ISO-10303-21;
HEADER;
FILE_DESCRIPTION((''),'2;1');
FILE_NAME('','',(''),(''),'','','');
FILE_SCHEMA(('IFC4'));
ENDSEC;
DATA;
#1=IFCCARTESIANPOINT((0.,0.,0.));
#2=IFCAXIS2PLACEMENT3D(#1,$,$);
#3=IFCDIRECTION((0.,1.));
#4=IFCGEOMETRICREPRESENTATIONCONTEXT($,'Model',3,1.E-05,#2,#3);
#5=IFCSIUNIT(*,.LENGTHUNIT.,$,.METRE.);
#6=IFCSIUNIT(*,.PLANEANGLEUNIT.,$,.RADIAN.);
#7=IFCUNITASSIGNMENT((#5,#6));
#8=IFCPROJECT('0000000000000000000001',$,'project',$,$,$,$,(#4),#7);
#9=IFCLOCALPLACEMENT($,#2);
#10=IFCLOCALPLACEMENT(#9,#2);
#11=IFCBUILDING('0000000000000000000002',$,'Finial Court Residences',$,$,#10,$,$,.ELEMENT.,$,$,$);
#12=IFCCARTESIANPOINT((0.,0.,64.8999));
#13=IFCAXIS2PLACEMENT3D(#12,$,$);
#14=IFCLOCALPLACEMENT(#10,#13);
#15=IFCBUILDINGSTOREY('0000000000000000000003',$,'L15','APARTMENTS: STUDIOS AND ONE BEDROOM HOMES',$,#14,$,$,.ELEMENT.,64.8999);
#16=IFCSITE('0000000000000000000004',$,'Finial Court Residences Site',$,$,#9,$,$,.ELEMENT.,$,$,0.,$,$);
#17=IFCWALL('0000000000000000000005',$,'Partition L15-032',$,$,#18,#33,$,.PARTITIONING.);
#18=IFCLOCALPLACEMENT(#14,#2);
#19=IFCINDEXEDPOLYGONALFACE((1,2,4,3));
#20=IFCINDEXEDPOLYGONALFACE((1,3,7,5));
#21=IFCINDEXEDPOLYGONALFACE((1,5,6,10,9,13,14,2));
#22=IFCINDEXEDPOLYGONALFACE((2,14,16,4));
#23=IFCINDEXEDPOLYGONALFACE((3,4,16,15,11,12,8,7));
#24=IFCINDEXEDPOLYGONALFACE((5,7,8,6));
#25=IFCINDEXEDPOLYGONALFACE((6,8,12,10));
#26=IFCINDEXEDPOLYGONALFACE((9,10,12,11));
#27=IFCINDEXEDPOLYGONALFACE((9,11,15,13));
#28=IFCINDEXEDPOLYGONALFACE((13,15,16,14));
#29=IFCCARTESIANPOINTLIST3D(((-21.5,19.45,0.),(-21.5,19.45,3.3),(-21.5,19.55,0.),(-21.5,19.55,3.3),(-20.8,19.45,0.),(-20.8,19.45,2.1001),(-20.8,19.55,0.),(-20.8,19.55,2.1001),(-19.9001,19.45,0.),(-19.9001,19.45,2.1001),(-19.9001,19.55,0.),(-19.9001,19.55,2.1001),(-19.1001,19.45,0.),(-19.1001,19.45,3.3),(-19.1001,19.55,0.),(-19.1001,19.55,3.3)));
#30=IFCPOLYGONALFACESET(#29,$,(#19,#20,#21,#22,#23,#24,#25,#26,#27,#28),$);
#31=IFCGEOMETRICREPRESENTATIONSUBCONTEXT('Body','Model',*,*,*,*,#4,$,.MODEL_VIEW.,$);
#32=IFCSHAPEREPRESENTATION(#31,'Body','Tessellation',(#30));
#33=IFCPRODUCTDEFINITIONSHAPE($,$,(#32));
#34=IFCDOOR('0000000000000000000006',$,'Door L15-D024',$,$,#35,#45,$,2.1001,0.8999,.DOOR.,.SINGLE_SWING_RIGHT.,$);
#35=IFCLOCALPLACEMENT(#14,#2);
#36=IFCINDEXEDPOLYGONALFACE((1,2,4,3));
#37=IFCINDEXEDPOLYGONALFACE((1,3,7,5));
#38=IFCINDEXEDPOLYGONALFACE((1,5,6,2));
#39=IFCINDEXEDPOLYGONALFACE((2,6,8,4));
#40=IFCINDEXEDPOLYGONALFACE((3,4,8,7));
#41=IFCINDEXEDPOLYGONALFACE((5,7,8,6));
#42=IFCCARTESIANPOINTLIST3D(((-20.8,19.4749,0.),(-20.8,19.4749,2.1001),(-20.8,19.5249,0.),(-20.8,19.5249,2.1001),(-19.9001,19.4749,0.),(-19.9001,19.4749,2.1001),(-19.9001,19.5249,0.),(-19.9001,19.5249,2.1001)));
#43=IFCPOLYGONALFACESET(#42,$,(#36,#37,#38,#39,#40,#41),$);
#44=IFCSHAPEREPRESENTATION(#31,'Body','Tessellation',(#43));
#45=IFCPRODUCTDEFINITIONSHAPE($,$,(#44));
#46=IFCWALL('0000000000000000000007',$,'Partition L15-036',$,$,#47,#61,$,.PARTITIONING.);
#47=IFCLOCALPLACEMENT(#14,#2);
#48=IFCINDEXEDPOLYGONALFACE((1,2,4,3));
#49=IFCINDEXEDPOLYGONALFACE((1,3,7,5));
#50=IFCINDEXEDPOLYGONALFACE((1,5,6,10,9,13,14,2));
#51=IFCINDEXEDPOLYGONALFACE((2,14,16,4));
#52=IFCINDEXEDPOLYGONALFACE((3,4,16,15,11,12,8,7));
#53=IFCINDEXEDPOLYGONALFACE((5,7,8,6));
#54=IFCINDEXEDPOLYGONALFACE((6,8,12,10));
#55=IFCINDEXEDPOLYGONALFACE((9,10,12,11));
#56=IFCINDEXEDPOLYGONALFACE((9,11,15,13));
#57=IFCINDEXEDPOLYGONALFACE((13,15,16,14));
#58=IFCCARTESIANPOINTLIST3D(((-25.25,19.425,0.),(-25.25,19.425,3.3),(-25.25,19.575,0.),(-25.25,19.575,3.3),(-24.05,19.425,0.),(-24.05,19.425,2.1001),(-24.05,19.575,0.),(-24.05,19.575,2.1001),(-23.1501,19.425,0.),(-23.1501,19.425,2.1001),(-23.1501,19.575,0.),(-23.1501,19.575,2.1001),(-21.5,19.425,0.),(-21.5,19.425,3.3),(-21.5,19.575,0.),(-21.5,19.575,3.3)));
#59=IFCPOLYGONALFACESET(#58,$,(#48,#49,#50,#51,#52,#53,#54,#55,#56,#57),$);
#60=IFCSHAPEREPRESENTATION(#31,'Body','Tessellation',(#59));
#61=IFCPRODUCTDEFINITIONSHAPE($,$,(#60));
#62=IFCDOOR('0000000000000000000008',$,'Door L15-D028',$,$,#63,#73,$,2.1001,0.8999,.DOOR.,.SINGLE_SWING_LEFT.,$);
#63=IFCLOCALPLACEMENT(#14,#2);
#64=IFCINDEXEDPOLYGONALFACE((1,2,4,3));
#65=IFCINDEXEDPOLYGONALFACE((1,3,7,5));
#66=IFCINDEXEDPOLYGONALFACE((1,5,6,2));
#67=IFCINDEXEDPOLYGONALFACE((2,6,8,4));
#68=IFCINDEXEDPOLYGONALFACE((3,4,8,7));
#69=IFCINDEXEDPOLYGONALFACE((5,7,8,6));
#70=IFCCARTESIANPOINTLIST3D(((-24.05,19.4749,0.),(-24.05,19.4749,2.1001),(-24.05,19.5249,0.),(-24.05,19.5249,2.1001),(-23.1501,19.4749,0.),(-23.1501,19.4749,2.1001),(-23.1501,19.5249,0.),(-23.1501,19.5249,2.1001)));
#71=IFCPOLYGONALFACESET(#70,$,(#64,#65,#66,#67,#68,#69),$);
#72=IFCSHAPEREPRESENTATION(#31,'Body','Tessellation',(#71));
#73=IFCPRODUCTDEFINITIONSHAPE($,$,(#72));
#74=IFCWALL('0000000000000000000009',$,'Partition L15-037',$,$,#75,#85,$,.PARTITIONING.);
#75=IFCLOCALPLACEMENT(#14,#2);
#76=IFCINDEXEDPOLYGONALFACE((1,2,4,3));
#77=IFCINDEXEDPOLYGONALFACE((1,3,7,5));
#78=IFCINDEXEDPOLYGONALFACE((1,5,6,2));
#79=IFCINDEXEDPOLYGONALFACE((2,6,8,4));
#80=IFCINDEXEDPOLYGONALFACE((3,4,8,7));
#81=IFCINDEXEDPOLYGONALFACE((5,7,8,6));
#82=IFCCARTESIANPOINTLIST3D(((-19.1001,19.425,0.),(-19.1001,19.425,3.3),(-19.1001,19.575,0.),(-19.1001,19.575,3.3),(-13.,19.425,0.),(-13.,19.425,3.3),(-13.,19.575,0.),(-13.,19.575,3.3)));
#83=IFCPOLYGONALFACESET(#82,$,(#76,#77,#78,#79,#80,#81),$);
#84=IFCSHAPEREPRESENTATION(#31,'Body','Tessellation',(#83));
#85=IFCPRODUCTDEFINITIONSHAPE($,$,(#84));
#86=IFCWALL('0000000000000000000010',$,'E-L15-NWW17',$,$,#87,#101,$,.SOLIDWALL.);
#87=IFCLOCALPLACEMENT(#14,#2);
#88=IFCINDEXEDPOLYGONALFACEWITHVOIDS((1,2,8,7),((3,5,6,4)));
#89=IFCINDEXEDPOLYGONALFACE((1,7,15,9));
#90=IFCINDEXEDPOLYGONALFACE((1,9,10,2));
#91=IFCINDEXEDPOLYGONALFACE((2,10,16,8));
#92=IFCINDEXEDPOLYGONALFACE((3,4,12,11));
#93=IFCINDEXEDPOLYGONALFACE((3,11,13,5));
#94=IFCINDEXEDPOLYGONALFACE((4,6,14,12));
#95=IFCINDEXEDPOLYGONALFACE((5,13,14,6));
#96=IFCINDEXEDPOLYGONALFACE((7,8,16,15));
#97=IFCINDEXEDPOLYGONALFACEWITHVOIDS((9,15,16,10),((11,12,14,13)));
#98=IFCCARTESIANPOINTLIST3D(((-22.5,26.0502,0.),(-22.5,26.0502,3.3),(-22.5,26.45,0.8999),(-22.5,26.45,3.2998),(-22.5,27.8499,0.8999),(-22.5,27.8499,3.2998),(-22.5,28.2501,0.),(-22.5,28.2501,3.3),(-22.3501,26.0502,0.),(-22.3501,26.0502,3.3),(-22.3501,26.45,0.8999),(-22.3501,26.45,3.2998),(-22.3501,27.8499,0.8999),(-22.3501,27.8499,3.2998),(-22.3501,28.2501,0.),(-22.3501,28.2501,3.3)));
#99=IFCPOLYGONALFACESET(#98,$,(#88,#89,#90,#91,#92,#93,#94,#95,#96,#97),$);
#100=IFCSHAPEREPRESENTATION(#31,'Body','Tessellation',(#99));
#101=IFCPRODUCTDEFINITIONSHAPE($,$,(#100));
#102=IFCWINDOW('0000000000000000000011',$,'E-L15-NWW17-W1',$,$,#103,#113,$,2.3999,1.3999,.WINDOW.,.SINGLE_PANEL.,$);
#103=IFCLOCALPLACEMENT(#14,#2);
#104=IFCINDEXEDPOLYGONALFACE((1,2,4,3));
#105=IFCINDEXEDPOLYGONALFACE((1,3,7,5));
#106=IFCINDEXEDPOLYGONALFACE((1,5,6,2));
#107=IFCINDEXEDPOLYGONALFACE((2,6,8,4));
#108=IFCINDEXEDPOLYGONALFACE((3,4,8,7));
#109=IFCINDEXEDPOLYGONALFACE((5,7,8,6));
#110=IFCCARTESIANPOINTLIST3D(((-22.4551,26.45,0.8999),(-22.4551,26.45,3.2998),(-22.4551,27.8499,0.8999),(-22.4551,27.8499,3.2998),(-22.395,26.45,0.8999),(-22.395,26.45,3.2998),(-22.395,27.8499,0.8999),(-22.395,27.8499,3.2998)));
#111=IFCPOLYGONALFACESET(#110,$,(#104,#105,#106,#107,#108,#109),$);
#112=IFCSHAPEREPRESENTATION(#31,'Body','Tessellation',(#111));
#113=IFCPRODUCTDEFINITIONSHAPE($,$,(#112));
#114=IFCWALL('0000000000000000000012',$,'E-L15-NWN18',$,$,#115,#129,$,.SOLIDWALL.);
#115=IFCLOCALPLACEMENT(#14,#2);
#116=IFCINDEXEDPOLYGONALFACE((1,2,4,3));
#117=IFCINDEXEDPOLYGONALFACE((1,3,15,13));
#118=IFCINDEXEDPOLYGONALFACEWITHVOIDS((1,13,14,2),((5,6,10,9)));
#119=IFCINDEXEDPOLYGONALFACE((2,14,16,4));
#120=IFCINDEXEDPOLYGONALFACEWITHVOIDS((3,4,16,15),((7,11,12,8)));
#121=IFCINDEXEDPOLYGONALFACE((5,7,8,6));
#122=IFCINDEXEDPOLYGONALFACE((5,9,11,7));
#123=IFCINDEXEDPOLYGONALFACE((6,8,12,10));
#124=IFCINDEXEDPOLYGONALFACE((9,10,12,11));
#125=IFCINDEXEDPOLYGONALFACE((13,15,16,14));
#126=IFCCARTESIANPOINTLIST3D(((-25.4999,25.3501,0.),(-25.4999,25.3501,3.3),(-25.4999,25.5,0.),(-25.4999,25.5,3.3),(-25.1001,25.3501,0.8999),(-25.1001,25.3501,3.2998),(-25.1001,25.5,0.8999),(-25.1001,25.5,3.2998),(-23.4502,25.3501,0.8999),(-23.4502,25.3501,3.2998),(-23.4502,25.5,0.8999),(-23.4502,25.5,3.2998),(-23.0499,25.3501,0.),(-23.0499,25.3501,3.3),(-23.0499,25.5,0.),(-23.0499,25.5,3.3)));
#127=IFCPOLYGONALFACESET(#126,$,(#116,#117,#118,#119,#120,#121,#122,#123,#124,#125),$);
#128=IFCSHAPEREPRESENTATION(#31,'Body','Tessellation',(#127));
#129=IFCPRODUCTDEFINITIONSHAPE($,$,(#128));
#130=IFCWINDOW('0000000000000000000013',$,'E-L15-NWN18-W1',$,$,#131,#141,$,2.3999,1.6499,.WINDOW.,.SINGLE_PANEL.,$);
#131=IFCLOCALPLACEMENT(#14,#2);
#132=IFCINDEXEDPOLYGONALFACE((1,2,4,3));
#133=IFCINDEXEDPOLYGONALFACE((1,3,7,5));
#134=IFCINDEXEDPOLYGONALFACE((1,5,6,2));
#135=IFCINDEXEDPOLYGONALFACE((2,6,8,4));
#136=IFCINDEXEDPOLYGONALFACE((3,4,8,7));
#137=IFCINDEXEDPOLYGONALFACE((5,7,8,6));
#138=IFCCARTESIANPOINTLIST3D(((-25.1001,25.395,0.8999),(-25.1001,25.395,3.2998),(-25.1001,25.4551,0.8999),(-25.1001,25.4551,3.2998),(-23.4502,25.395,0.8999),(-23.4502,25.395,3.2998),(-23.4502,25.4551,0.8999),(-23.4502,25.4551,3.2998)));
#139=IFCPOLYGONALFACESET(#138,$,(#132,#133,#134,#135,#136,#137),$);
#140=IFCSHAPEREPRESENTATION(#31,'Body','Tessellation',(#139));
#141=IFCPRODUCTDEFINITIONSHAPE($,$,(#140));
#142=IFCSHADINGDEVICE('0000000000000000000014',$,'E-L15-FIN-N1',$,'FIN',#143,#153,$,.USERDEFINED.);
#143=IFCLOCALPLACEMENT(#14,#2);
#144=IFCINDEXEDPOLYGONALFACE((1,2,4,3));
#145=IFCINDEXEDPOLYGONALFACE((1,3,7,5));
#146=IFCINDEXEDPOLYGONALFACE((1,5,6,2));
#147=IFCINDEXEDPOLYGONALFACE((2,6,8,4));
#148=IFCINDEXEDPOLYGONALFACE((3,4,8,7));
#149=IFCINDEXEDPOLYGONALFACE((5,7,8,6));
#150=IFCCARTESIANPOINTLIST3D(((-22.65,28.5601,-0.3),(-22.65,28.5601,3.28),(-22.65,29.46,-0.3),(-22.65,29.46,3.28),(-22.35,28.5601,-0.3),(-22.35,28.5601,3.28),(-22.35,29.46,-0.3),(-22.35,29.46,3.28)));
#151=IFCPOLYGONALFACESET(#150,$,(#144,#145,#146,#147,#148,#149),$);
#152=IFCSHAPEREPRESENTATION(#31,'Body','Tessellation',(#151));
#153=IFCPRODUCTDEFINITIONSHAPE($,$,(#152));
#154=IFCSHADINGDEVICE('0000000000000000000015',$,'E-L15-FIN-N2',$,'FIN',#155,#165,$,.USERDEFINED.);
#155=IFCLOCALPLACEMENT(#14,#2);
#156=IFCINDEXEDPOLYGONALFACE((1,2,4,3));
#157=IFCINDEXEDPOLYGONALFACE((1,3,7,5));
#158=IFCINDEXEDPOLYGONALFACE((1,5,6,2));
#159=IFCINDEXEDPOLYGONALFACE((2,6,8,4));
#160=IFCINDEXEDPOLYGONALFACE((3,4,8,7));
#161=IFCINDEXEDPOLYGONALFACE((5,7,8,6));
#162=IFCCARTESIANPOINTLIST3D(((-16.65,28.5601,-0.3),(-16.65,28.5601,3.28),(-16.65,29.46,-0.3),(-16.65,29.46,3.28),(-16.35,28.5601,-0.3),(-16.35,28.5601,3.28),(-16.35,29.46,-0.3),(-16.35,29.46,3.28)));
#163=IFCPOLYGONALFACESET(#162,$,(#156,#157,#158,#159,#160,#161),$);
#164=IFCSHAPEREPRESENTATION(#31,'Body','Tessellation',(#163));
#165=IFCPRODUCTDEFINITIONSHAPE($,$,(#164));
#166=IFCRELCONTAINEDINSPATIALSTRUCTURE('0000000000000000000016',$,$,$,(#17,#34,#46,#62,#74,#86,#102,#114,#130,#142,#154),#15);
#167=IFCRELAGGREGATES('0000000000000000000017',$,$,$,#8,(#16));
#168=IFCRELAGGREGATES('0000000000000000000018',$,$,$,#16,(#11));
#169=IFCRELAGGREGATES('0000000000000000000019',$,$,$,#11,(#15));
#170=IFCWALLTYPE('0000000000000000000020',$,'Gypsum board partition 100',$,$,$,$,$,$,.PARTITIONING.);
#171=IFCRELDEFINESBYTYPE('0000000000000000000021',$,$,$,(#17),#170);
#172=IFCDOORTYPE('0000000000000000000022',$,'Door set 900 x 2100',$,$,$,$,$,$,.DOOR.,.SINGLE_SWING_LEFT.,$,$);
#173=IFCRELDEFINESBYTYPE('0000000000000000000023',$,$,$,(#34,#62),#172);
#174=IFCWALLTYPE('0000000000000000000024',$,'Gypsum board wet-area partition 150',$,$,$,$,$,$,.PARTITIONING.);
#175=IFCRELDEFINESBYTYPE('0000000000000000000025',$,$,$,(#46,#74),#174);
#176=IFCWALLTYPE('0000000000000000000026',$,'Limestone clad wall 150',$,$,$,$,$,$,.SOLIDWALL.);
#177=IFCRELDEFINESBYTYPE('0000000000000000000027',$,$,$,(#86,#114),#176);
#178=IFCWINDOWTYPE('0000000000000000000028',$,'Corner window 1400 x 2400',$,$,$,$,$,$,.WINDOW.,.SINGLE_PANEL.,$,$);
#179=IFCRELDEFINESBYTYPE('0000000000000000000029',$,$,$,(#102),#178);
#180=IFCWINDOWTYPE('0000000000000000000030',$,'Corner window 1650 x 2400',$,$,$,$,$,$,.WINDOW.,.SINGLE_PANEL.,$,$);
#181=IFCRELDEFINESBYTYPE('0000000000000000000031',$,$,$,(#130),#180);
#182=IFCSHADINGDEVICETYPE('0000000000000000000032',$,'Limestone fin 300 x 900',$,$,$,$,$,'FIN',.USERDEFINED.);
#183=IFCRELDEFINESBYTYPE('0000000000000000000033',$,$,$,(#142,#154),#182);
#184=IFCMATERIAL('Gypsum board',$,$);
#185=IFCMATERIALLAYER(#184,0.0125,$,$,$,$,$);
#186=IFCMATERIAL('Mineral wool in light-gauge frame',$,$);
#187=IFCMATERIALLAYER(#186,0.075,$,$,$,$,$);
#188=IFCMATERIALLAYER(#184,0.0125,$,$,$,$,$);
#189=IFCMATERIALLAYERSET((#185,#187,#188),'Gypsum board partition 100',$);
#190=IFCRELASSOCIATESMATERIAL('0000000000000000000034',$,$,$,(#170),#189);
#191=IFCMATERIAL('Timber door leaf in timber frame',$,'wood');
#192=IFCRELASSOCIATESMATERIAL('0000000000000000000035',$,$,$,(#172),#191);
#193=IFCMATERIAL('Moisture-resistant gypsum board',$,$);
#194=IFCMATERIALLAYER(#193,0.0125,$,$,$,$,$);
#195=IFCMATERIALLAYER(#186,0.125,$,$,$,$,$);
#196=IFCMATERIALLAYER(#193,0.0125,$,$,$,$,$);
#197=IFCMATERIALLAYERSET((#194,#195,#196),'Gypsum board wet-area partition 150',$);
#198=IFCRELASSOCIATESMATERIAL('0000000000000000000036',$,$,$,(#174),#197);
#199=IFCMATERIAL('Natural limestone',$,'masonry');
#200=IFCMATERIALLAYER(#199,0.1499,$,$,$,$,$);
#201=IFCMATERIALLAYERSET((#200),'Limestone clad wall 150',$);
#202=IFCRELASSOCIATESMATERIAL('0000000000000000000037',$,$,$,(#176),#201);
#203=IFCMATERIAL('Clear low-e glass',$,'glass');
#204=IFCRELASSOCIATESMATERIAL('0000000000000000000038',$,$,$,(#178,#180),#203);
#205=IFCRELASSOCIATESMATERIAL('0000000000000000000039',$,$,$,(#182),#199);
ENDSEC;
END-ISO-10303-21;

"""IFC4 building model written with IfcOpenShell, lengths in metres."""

from ifc_helpers import new_model, si_unit, direction, frame, frame_2d, origin, origin_2d, place, context, subcontext, project, spatial, rectangle, extrude, material, layer, layer_set, type_object, element, fill, save


model = new_model("IFC4")

# Units and contexts
model_context = context("Model", 3, precision=1e-05, world=origin(), true_north=direction((0.0, 1.0)))
body_context = subcontext(model_context, "Body", "Model", "MODEL_VIEW")
ifc_project = project(units=[si_unit("LENGTHUNIT", "METRE"), si_unit("PLANEANGLEUNIT", "RADIAN")], contexts=[model_context])

# Site, building, storey
site_placement = place(None, origin())
site = spatial("IfcSite", under=ifc_project, at=site_placement, Name="Finial Court Residences Site", CompositionType="ELEMENT", RefElevation=0.0)
building_placement = place(site_placement, origin())
building = spatial("IfcBuilding", under=site, at=building_placement, Name="Finial Court Residences", CompositionType="ELEMENT")
storey_placement = place(building_placement, frame((0.0, 0.0, 64.8999)))
storey = spatial("IfcBuildingStorey", under=building, at=storey_placement, Name="L15", Description="APARTMENTS: STUDIOS AND ONE BEDROOM HOMES", CompositionType="ELEMENT", Elevation=64.8999)

# Shared definitions
ifc_material_1 = material(Name="Clear low-e glass", Category="glass")

# Shared definitions
ifc_material_2 = material(Name="Gypsum board")

# Walls, openings, doors
ifc_layer_1 = layer(ifc_material_2, 0.0125)
ifc_material_3 = material(Name="Mineral wool in light-gauge frame")
ifc_layer_2 = layer(ifc_material_3, 0.075)
ifc_layer_3 = layer(ifc_material_2, 0.0125)
ifc_layer_set_1 = layer_set([ifc_layer_1, ifc_layer_2, ifc_layer_3], Name="Gypsum board partition 100")
wall_type_1 = type_object("IfcWallType", Name="Gypsum board partition 100", PredefinedType="PARTITIONING", material=ifc_layer_set_1)
wall_1_placement = place(storey_placement, frame((-21.5, 19.5, 0.0), z_axis=(0.0, 0.0, 1.0), x_axis=(1.0, 0.0, 0.0)))
wall_1 = element("IfcWall", 1, at=wall_1_placement, inside=storey, type_object=wall_type_1, Name="Partition L15-032", PredefinedType="PARTITIONING", context=body_context, shape_type="SweptSolid", body=[
    extrude(rectangle(XDim=2.3999, YDim=0.1001, at=frame_2d((1.2, 0.0))), origin(), (0.0, 0.0, 1.0), 3.3),
])
opening_1_placement = place(wall_1_placement, frame((0.7, 0.0, 0.0)))
opening_1 = element("IfcOpeningElement", 2, at=opening_1_placement, cuts=wall_1, PredefinedType="OPENING", context=body_context, shape_type="SweptSolid", body=[
    extrude(rectangle(XDim=0.8999, YDim=2.1001, at=frame_2d((0.45, 1.05))), frame((0.0, 0.0601, 0.0), z_axis=(0.0, -1.0, 0.0), x_axis=(1.0, 0.0, 0.0)), (0.0, 0.0, 1.0), 0.1201),
])
ifc_material_4 = material(Name="Timber door leaf in timber frame", Category="wood")
door_type = type_object("IfcDoorType", Name="Door set 900 x 2100", OperationType="SINGLE_SWING_LEFT", PredefinedType="DOOR", material=ifc_material_4)
door_1_placement = place(opening_1_placement, origin())
door_1 = element("IfcDoor", 3, at=door_1_placement, inside=storey, type_object=door_type, Name="Door L15-D024", OperationType="SINGLE_SWING_RIGHT", OverallHeight=2.1001, OverallWidth=0.8999, PredefinedType="DOOR", context=body_context, shape_type="SweptSolid", body=[
    extrude(rectangle(XDim=0.8999, YDim=2.1001, at=frame_2d((0.45, 1.05))), frame((0.0, 0.0249, 0.0), z_axis=(0.0, -1.0, 0.0), x_axis=(1.0, 0.0, 0.0)), (0.0, 0.0, 1.0), 0.05),
])
fill(opening_1, door_1)
ifc_material_5 = material(Name="Moisture-resistant gypsum board")
ifc_layer_4 = layer(ifc_material_5, 0.0125)
ifc_layer_5 = layer(ifc_material_3, 0.125)
ifc_layer_6 = layer(ifc_material_5, 0.0125)
ifc_layer_set_2 = layer_set([ifc_layer_4, ifc_layer_5, ifc_layer_6], Name="Gypsum board wet-area partition 150")
wall_type_2 = type_object("IfcWallType", Name="Gypsum board wet-area partition 150", PredefinedType="PARTITIONING", material=ifc_layer_set_2)
wall_2_placement = place(storey_placement, frame((-25.25, 19.5, 0.0), z_axis=(0.0, 0.0, 1.0), x_axis=(1.0, 0.0, 0.0)))
wall_2 = element("IfcWall", 4, at=wall_2_placement, inside=storey, type_object=wall_type_2, Name="Partition L15-036", PredefinedType="PARTITIONING", context=body_context, shape_type="SweptSolid", body=[
    extrude(rectangle(XDim=3.75, YDim=0.1499, at=frame_2d((1.875, 0.0))), origin(), (0.0, 0.0, 1.0), 3.3),
])
opening_2_placement = place(wall_2_placement, frame((1.2, 0.0, 0.0)))
opening_2 = element("IfcOpeningElement", 5, at=opening_2_placement, cuts=wall_2, PredefinedType="OPENING", context=body_context, shape_type="SweptSolid", body=[
    extrude(rectangle(XDim=0.8999, YDim=2.1001, at=frame_2d((0.45, 1.05))), frame((0.0, 0.085, 0.0), z_axis=(0.0, -1.0, 0.0), x_axis=(1.0, 0.0, 0.0)), (0.0, 0.0, 1.0), 0.1699),
])
door_2_placement = place(opening_2_placement, origin())
door_2 = element("IfcDoor", 6, at=door_2_placement, inside=storey, type_object=door_type, Name="Door L15-D028", OperationType="SINGLE_SWING_LEFT", OverallHeight=2.1001, OverallWidth=0.8999, PredefinedType="DOOR", context=body_context, shape_type="SweptSolid", body=[
    extrude(rectangle(XDim=0.8999, YDim=2.1001, at=frame_2d((0.45, 1.05))), frame((0.0, 0.0249, 0.0), z_axis=(0.0, -1.0, 0.0), x_axis=(1.0, 0.0, 0.0)), (0.0, 0.0, 1.0), 0.05),
])
fill(opening_2, door_2)

# Wall
wall_3_placement = place(storey_placement, frame((-19.1001, 19.5, 0.0), z_axis=(0.0, 0.0, 1.0), x_axis=(1.0, 0.0, 0.0)))
element("IfcWall", 7, at=wall_3_placement, inside=storey, type_object=wall_type_2, Name="Partition L15-037", PredefinedType="PARTITIONING", context=body_context, shape_type="SweptSolid", body=[
    extrude(rectangle(XDim=6.1001, YDim=0.1499, at=frame_2d((3.05, 0.0))), origin(), (0.0, 0.0, 1.0), 3.3),
])

# Walls, openings, windows
ifc_material_6 = material(Name="Natural limestone", Category="masonry")
ifc_layer_7 = layer(ifc_material_6, 0.1499)
ifc_layer_set_3 = layer_set([ifc_layer_7], Name="Limestone clad wall 150")
wall_type_3 = type_object("IfcWallType", Name="Limestone clad wall 150", PredefinedType="SOLIDWALL", material=ifc_layer_set_3)
wall_4_placement = place(storey_placement, frame((-22.425, 26.05, 0.0), z_axis=(0.0, 0.0, 1.0), x_axis=(0.0, 1.0, 0.0)))
wall_4 = element("IfcWall", 8, at=wall_4_placement, inside=storey, type_object=wall_type_3, Name="E-L15-NWW17", PredefinedType="SOLIDWALL", context=body_context, shape_type="SweptSolid", body=[
    extrude(rectangle(XDim=2.2, YDim=0.1499, at=frame_2d((1.1001, 0.0))), origin(), (0.0, 0.0, 1.0), 3.3),
])
opening_3_placement = place(wall_4_placement, frame((0.3999, 0.0, 0.8999)))
opening_3 = element("IfcOpeningElement", 9, at=opening_3_placement, cuts=wall_4, PredefinedType="OPENING", context=body_context, shape_type="SweptSolid", body=[
    extrude(rectangle(XDim=1.3999, YDim=2.3999, at=frame_2d((0.7, 1.2))), frame((0.0, 0.085, 0.0), z_axis=(0.0, -1.0, 0.0), x_axis=(1.0, 0.0, 0.0)), (0.0, 0.0, 1.0), 0.1699),
])
window_type_1 = type_object("IfcWindowType", Name="Corner window 1400 x 2400", PartitioningType="SINGLE_PANEL", PredefinedType="WINDOW", material=ifc_material_1)
window_1_placement = place(opening_3_placement, origin())
window_1 = element("IfcWindow", 10, at=window_1_placement, inside=storey, type_object=window_type_1, Name="E-L15-NWW17-W1", OverallHeight=2.3999, OverallWidth=1.3999, PartitioningType="SINGLE_PANEL", PredefinedType="WINDOW", context=body_context, shape_type="SweptSolid", body=[
    extrude(rectangle(XDim=1.3999, YDim=2.3999, at=frame_2d((0.7, 1.2))), frame((0.0, 0.03, 0.0), z_axis=(0.0, -1.0, 0.0), x_axis=(1.0, 0.0, 0.0)), (0.0, 0.0, 1.0), 0.0601),
])
fill(opening_3, window_1)
wall_5_placement = place(storey_placement, frame((-25.5, 25.425, 0.0), z_axis=(0.0, 0.0, 1.0), x_axis=(1.0, 0.0, 0.0)))
wall_5 = element("IfcWall", 11, at=wall_5_placement, inside=storey, type_object=wall_type_3, Name="E-L15-NWN18", PredefinedType="SOLIDWALL", context=body_context, shape_type="SweptSolid", body=[
    extrude(rectangle(XDim=2.45, YDim=0.1499, at=frame_2d((1.2251, 0.0))), origin(), (0.0, 0.0, 1.0), 3.3),
])
opening_4_placement = place(wall_5_placement, frame((0.3999, 0.0, 0.8999)))
opening_4 = element("IfcOpeningElement", 12, at=opening_4_placement, cuts=wall_5, PredefinedType="OPENING", context=body_context, shape_type="SweptSolid", body=[
    extrude(rectangle(XDim=1.6499, YDim=2.3999, at=frame_2d((0.825, 1.2))), frame((0.0, 0.085, 0.0), z_axis=(0.0, -1.0, 0.0), x_axis=(1.0, 0.0, 0.0)), (0.0, 0.0, 1.0), 0.1699),
])
window_type_2 = type_object("IfcWindowType", Name="Corner window 1650 x 2400", PartitioningType="SINGLE_PANEL", PredefinedType="WINDOW", material=ifc_material_1)
window_2_placement = place(opening_4_placement, origin())
window_2 = element("IfcWindow", 13, at=window_2_placement, inside=storey, type_object=window_type_2, Name="E-L15-NWN18-W1", OverallHeight=2.3999, OverallWidth=1.6499, PartitioningType="SINGLE_PANEL", PredefinedType="WINDOW", context=body_context, shape_type="SweptSolid", body=[
    extrude(rectangle(XDim=1.6499, YDim=2.3999, at=frame_2d((0.825, 1.2))), frame((0.0, 0.03, 0.0), z_axis=(0.0, -1.0, 0.0), x_axis=(1.0, 0.0, 0.0)), (0.0, 0.0, 1.0), 0.0601),
])
fill(opening_4, window_2)

# Shading devices
shading_device_type = type_object("IfcShadingDeviceType", Name="Limestone fin 300 x 900", ElementType="FIN", PredefinedType="USERDEFINED", material=ifc_material_6)
for number, where, z_axis, x_axis, name in (
    (14, (-22.5, 29.01, -0.3), (0.0, 0.0, 1.0), (1.0, 0.0, 0.0), "E-L15-FIN-N1"),
    (15, (-16.5, 29.01, -0.3), (0.0, 0.0, 1.0), (1.0, 0.0, 0.0), "E-L15-FIN-N2"),
):
    element("IfcShadingDevice", number, at=place(storey_placement, frame(where, z_axis=z_axis, x_axis=x_axis)), inside=storey, type_object=shading_device_type, Name=name, ObjectType="FIN", PredefinedType="USERDEFINED", context=body_context, shape_type="SweptSolid", body=[
        extrude(rectangle(XDim=0.3, YDim=0.8999, at=origin_2d()), origin(), (0.0, 0.0, 1.0), 3.5801),
    ])

save(model, "model.ifc")
